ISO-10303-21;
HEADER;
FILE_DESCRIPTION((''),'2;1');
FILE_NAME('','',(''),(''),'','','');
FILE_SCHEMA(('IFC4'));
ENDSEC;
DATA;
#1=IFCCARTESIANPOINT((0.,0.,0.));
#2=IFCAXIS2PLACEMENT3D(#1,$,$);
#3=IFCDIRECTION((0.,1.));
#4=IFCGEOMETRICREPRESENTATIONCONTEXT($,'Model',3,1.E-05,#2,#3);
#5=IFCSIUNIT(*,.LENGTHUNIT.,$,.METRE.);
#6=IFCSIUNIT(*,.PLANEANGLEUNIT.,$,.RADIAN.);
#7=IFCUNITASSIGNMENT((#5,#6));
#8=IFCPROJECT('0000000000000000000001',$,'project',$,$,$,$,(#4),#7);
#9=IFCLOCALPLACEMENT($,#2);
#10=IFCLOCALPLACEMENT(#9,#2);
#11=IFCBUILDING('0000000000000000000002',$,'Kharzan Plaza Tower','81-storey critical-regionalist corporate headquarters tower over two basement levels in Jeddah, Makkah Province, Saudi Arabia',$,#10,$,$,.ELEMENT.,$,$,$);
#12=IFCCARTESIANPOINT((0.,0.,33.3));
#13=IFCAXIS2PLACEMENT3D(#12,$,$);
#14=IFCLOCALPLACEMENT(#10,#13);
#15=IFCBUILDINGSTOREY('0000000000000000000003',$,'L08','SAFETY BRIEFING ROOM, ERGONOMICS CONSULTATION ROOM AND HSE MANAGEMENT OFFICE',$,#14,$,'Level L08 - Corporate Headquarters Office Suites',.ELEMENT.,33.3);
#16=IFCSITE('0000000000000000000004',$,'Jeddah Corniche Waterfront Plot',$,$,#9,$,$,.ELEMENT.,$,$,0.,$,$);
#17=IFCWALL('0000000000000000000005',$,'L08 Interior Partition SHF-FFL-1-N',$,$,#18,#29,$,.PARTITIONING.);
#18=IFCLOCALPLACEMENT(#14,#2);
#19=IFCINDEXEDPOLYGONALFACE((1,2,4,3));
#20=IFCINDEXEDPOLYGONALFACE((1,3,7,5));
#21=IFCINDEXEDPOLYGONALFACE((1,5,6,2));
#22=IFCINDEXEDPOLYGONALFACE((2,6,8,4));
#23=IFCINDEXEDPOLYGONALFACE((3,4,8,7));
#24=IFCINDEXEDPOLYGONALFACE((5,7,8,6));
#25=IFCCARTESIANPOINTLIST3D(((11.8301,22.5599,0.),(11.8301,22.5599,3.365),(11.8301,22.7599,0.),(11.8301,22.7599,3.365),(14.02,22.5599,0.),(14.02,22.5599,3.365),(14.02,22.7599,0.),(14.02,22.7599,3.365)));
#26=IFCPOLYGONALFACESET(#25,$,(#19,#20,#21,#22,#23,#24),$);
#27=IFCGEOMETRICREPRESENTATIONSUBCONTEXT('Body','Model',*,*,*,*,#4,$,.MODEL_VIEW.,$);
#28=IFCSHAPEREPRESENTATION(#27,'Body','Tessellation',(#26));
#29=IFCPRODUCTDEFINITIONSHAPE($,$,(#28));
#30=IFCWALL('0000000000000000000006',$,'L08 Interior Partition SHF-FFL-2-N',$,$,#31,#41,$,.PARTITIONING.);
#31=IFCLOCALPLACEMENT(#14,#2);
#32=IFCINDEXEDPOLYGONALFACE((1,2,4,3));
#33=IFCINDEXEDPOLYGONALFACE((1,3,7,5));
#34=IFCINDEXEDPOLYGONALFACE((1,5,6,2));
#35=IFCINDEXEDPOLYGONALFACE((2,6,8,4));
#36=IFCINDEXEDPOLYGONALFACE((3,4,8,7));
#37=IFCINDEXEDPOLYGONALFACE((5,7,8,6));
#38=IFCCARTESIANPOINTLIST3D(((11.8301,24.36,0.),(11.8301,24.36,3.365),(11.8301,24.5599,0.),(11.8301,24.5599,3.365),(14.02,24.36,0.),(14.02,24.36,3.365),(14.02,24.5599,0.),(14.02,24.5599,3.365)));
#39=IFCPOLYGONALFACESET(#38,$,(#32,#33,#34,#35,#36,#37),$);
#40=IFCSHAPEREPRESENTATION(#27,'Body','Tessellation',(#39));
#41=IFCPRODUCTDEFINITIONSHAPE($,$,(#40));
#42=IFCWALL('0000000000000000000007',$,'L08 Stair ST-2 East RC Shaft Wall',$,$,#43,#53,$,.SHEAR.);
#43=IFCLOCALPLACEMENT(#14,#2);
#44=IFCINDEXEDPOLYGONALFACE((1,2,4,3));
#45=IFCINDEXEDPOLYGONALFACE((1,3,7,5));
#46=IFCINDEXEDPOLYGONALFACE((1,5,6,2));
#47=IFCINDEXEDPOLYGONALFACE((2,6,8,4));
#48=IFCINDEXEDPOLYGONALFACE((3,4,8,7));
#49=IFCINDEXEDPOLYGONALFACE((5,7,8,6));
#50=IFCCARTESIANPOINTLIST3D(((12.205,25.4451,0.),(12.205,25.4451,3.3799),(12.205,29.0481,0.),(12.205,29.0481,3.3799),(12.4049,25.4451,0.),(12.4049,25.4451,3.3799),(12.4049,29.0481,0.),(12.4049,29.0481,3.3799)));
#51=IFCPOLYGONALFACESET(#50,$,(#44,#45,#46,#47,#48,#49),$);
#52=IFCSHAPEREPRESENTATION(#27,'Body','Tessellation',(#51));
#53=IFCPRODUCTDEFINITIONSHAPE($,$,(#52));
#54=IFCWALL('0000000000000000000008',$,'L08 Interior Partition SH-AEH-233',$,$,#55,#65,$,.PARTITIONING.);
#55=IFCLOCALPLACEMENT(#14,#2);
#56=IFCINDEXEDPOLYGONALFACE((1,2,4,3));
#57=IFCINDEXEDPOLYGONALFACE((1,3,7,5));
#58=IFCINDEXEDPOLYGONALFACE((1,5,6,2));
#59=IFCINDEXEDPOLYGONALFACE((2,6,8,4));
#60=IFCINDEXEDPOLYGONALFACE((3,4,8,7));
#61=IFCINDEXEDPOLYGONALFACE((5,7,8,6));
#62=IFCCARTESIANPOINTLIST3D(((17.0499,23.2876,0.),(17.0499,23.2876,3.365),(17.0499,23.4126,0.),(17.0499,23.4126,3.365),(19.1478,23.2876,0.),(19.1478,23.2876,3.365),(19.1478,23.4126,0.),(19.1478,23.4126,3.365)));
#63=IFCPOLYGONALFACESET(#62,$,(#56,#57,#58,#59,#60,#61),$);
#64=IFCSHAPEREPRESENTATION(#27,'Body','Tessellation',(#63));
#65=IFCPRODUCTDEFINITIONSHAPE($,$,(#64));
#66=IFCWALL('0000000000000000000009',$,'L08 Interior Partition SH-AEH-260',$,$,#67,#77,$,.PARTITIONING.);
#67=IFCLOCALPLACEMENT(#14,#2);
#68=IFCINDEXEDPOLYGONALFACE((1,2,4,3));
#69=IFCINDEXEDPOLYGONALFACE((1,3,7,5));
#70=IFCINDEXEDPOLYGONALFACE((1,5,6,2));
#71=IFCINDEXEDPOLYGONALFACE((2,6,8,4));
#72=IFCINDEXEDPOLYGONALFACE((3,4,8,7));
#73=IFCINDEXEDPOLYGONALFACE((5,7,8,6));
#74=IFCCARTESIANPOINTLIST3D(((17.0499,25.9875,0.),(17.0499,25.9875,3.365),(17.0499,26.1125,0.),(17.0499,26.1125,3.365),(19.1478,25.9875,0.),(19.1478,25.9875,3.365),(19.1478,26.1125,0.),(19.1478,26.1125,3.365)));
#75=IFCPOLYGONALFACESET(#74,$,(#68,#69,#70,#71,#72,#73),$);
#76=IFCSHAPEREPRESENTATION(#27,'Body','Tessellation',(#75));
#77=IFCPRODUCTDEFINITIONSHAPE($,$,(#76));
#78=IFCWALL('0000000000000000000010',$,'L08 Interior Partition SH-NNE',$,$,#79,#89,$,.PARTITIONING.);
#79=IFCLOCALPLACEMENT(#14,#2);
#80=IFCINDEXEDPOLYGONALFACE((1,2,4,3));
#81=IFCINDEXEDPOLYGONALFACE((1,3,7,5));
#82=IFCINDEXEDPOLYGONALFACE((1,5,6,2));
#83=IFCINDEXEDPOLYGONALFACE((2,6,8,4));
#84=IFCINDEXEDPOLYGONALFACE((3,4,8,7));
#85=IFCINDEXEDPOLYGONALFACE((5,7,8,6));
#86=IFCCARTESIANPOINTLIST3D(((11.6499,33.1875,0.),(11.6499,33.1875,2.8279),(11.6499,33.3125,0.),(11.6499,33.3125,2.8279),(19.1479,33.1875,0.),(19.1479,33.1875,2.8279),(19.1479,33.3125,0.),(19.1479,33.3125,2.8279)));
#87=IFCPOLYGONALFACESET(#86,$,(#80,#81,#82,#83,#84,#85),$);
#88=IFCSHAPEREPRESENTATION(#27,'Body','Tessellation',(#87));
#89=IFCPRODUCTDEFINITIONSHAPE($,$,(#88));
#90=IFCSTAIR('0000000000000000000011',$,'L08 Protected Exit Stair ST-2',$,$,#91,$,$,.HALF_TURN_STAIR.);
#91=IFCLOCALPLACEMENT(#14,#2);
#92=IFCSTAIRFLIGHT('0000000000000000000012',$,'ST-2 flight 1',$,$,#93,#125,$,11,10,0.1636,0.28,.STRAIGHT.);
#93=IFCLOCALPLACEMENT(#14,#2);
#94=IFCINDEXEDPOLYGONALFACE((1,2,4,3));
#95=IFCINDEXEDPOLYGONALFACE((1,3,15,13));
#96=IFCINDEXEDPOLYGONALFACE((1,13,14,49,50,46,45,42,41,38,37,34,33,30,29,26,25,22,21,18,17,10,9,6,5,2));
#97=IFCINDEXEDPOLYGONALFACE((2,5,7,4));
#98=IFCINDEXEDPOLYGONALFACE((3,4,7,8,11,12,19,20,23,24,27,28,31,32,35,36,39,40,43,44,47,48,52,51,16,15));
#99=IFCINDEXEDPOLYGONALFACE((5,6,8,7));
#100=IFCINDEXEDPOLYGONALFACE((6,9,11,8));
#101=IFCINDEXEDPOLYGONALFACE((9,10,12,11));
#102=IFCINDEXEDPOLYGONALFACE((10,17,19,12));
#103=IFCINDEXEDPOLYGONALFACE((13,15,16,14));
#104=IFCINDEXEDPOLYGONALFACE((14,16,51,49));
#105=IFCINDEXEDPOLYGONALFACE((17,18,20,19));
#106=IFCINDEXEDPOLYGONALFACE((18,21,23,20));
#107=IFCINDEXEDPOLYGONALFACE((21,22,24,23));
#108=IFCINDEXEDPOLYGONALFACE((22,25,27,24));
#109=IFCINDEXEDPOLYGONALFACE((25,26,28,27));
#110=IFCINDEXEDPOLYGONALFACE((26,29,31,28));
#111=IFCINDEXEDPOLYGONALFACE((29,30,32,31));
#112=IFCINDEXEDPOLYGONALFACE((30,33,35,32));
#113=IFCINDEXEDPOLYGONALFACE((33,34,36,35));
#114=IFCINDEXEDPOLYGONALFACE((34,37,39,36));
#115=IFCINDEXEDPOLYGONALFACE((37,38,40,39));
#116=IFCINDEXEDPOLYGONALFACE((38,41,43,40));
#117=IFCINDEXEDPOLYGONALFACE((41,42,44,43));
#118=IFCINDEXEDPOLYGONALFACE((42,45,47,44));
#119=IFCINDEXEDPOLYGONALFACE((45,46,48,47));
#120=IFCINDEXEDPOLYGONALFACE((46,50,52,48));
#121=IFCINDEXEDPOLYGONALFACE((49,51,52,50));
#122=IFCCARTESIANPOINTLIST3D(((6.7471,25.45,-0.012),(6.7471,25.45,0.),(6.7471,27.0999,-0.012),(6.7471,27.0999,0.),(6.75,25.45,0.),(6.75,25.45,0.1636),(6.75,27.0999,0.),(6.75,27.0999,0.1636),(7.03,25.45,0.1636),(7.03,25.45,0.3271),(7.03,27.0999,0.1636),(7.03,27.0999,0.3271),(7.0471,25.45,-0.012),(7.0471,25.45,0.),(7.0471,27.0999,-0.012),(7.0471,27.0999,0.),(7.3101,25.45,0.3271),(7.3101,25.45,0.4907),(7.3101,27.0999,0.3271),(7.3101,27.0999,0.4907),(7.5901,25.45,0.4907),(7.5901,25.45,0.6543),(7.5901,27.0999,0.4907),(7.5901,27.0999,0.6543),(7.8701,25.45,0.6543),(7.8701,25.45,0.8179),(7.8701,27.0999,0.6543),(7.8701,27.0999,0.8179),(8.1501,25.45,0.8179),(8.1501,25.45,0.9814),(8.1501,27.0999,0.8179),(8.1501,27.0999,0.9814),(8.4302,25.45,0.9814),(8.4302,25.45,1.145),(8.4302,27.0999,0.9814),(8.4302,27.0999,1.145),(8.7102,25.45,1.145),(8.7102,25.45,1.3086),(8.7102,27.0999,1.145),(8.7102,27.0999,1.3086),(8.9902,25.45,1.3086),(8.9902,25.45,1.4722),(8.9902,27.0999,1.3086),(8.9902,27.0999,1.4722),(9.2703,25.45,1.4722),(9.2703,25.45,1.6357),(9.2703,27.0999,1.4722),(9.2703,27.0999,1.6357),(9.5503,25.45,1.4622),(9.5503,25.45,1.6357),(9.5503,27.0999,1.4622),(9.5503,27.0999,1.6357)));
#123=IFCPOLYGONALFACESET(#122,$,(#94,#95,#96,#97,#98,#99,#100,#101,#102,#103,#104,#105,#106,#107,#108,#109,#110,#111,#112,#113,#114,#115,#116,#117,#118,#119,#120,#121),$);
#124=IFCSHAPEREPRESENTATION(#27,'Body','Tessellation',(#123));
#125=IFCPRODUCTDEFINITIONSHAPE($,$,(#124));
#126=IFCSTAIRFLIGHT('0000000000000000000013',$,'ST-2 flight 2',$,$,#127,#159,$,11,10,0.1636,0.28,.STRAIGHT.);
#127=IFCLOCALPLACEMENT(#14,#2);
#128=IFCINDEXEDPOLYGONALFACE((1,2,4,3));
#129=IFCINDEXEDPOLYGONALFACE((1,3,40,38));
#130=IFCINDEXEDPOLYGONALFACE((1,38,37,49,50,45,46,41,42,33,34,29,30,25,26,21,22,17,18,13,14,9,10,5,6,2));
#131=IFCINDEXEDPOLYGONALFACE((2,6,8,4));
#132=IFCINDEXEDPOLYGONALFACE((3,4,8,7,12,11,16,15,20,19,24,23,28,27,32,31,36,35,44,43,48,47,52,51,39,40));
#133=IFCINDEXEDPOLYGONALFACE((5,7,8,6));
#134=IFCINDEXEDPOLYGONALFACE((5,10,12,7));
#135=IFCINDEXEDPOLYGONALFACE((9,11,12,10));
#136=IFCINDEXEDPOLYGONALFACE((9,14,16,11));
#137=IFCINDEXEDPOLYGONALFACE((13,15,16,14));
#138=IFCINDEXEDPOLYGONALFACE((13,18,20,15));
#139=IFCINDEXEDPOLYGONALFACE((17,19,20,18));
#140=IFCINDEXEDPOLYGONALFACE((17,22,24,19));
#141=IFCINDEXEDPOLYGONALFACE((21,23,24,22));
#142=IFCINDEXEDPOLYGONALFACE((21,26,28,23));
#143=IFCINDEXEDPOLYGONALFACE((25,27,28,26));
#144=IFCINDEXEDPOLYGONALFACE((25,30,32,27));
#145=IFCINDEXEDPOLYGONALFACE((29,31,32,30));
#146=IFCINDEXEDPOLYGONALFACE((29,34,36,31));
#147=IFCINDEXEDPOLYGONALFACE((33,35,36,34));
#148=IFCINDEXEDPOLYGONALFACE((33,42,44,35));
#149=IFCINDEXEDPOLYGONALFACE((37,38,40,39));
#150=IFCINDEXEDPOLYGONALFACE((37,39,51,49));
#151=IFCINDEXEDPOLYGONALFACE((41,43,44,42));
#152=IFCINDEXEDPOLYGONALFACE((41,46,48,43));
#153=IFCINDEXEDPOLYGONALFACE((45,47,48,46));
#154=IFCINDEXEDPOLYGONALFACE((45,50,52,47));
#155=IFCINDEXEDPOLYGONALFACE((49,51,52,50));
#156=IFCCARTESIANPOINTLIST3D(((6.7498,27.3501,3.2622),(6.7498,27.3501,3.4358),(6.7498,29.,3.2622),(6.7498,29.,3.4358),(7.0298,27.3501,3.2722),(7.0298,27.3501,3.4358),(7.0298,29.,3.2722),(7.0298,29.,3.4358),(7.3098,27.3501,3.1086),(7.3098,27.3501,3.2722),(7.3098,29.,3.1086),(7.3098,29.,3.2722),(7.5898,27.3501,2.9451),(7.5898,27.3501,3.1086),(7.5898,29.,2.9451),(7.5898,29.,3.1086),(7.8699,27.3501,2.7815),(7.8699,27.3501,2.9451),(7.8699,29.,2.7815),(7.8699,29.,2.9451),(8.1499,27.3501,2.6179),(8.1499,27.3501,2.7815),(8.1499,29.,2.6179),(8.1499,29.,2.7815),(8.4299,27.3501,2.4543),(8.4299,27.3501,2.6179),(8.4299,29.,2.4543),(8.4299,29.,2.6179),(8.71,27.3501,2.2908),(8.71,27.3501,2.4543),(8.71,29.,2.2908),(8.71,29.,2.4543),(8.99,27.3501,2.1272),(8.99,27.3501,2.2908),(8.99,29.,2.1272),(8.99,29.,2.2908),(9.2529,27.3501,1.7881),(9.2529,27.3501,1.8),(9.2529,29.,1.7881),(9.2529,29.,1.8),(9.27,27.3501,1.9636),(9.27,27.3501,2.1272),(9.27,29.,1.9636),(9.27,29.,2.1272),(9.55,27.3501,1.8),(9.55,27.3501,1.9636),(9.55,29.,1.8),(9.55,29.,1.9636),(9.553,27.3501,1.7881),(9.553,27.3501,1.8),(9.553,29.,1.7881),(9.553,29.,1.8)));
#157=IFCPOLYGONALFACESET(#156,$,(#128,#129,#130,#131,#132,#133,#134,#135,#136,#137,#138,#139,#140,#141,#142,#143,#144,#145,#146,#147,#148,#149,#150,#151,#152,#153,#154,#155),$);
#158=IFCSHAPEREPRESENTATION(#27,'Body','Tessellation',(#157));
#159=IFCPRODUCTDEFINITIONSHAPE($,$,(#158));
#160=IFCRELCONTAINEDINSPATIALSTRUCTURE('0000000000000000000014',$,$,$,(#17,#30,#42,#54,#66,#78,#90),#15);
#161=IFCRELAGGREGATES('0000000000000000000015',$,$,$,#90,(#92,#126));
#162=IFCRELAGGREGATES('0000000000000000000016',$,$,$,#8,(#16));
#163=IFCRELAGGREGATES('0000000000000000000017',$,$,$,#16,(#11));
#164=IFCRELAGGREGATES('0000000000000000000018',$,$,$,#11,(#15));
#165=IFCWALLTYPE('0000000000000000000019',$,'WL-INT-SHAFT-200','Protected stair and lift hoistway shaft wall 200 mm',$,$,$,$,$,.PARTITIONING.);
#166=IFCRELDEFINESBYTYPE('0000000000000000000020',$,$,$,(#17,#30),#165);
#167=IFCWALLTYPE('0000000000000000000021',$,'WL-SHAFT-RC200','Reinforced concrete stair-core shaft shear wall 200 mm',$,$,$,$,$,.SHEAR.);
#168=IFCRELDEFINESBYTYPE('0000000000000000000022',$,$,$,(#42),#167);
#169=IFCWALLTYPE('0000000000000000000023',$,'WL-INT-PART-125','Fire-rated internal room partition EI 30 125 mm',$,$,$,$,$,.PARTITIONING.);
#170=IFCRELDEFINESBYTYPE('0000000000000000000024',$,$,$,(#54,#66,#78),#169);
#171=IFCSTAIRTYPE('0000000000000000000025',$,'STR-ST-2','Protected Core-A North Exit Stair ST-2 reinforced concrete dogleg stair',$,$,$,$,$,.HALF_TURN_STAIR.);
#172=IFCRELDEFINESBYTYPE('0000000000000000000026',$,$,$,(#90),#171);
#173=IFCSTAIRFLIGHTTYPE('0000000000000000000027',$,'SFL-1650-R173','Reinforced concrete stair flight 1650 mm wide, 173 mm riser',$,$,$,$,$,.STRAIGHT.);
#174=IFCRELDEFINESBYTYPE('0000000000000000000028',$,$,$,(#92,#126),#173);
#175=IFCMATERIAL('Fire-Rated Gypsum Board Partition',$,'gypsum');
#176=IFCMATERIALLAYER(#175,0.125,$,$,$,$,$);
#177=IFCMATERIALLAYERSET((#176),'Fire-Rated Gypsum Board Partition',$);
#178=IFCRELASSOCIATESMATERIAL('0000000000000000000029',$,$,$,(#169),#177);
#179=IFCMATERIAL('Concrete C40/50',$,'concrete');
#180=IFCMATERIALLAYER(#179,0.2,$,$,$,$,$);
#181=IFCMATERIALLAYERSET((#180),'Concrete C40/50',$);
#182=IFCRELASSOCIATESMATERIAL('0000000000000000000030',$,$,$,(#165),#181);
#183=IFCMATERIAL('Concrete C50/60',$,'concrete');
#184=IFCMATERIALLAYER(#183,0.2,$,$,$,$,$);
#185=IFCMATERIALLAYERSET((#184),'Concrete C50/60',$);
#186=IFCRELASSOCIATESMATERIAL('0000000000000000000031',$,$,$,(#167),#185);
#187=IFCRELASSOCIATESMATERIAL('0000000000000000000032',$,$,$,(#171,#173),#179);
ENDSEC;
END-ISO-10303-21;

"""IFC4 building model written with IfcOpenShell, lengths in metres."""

from ifc_helpers import new_model, si_unit, direction, frame, frame_2d, origin, place, context, subcontext, project, spatial, polyline, rectangle, outline, extrude, source, transform, mapped, material, layer, layer_set, type_object, element, aggregate, save


model = new_model("IFC4")

# Units and contexts
model_context = context("Model", 3, precision=1e-05, world=origin(), true_north=direction((0.0, 1.0)))
body_context = subcontext(model_context, "Body", "Model", "MODEL_VIEW")
ifc_project = project(units=[si_unit("LENGTHUNIT", "METRE"), si_unit("PLANEANGLEUNIT", "RADIAN")], contexts=[model_context])

# Site, building, storey
site_placement = place(None, origin())
site = spatial("IfcSite", under=ifc_project, at=site_placement, Name="Jeddah Corniche Waterfront Plot", CompositionType="ELEMENT", RefElevation=0.0)
building_placement = place(site_placement, origin())
building = spatial("IfcBuilding", under=site, at=building_placement, Name="Kharzan Plaza Tower", Description="81-storey critical-regionalist corporate headquarters tower over two basement levels in Jeddah, Makkah Province, Saudi Arabia", CompositionType="ELEMENT")
storey_placement = place(building_placement, frame((0.0, 0.0, 33.3)))
storey = spatial("IfcBuildingStorey", under=building, at=storey_placement, Name="L08", Description="SAFETY BRIEFING ROOM, ERGONOMICS CONSULTATION ROOM AND HSE MANAGEMENT OFFICE", LongName="Level L08 - Corporate Headquarters Office Suites", CompositionType="ELEMENT", Elevation=33.3)

# Shared definitions
ifc_material_1 = material(Name="Fire-Rated Gypsum Board Partition", Category="gypsum")
ifc_layer_1 = layer(ifc_material_1, 0.125)
ifc_layer_set_1 = layer_set([ifc_layer_1], Name="Fire-Rated Gypsum Board Partition")
wall_type_1 = type_object("IfcWallType", Name="WL-INT-PART-125", Description="Fire-rated internal room partition EI 30 125 mm", PredefinedType="PARTITIONING", material=ifc_layer_set_1)
ifc_material_2 = material(Name="Concrete C40/50", Category="concrete")
ifc_layer_2 = layer(ifc_material_2, 0.2)
ifc_layer_set_2 = layer_set([ifc_layer_2], Name="Concrete C40/50")
wall_type_2 = type_object("IfcWallType", Name="WL-INT-SHAFT-200", Description="Protected stair and lift hoistway shaft wall 200 mm", PredefinedType="PARTITIONING", material=ifc_layer_set_2)
ifc_material_3 = material(Name="Concrete C50/60", Category="concrete")
ifc_layer_3 = layer(ifc_material_3, 0.2)
ifc_layer_set_3 = layer_set([ifc_layer_3], Name="Concrete C50/60")
wall_type_3 = type_object("IfcWallType", Name="WL-SHAFT-RC200", Description="Reinforced concrete stair-core shaft shear wall 200 mm", PredefinedType="SHEAR", material=ifc_layer_set_3)

# Walls
shared_shape_1 = source(origin(), body_context, "Body", "SweptSolid", [
    extrude(rectangle(XDim=2.1899, YDim=0.2, at=frame_2d((1.095, 0.0))), origin(), (0.0, 0.0, 1.0), 3.365),
])
for number, where, z_axis, x_axis, name in (
    (1, (11.8301, 22.6599, 0.0), (0.0, 0.0, 1.0), (1.0, 0.0, 0.0), "L08 Interior Partition SHF-FFL-1-N"),
    (2, (11.8301, 24.46, 0.0), (0.0, 0.0, 1.0), (1.0, 0.0, 0.0), "L08 Interior Partition SHF-FFL-2-N"),
):
    element("IfcWall", number, at=place(storey_placement, frame(where, z_axis=z_axis, x_axis=x_axis)), inside=storey, type_object=wall_type_2, Name=name, PredefinedType="PARTITIONING", context=body_context, shape_type="MappedRepresentation", body=[
        mapped(shared_shape_1, transform((0.0, 0.0, 0.0), x_axis=(1.0, 0.0, 0.0), y_axis=(0.0, 1.0, 0.0), z_axis=(0.0, 0.0, 1.0))),
    ])
shared_shape_2 = source(origin(), body_context, "Body", "SweptSolid", [
    extrude(rectangle(XDim=3.603, YDim=0.2, at=frame_2d((1.8015, 0.0))), origin(), (0.0, 0.0, 1.0), 3.3799),
])
wall_1_placement = place(storey_placement, frame((12.3049, 25.4451, 0.0), z_axis=(0.0, 0.0, 1.0), x_axis=(0.0, 1.0, 0.0)))
element("IfcWall", 3, at=wall_1_placement, inside=storey, type_object=wall_type_3, Name="L08 Stair ST-2 East RC Shaft Wall", PredefinedType="SHEAR", context=body_context, shape_type="MappedRepresentation", body=[
    mapped(shared_shape_2, transform((0.0, 0.0, 0.0), x_axis=(1.0, 0.0, 0.0), y_axis=(0.0, 1.0, 0.0), z_axis=(0.0, 0.0, 1.0))),
])
shared_shape_3 = source(origin(), body_context, "Body", "SweptSolid", [
    extrude(rectangle(XDim=2.0979, YDim=0.125, at=frame_2d((1.0488, 0.0))), origin(), (0.0, 0.0, 1.0), 3.365),
])
for number, where, z_axis, x_axis, name in (
    (4, (17.05, 23.3501, 0.0), (0.0, 0.0, 1.0), (1.0, 0.0, 0.0), "L08 Interior Partition SH-AEH-233"),
    (5, (17.05, 26.05, 0.0), (0.0, 0.0, 1.0), (1.0, 0.0, 0.0), "L08 Interior Partition SH-AEH-260"),
):
    element("IfcWall", number, at=place(storey_placement, frame(where, z_axis=z_axis, x_axis=x_axis)), inside=storey, type_object=wall_type_1, Name=name, PredefinedType="PARTITIONING", context=body_context, shape_type="MappedRepresentation", body=[
        mapped(shared_shape_3, transform((0.0, 0.0, 0.0), x_axis=(1.0, 0.0, 0.0), y_axis=(0.0, 1.0, 0.0), z_axis=(0.0, 0.0, 1.0))),
    ])
shared_shape_4 = source(origin(), body_context, "Body", "SweptSolid", [
    extrude(rectangle(XDim=7.498, YDim=0.125, at=frame_2d((3.749, 0.0))), origin(), (0.0, 0.0, 1.0), 2.8279),
])
wall_2_placement = place(storey_placement, frame((11.6499, 33.25, 0.0), z_axis=(0.0, 0.0, 1.0), x_axis=(1.0, 0.0, 0.0)))
element("IfcWall", 6, at=wall_2_placement, inside=storey, type_object=wall_type_1, Name="L08 Interior Partition SH-NNE", PredefinedType="PARTITIONING", context=body_context, shape_type="MappedRepresentation", body=[
    mapped(shared_shape_4, transform((0.0, 0.0, 0.0), x_axis=(1.0, 0.0, 0.0), y_axis=(0.0, 1.0, 0.0), z_axis=(0.0, 0.0, 1.0))),
])

# Stair, stair flights
stair_type = type_object("IfcStairType", Name="STR-ST-2", Description="Protected Core-A North Exit Stair ST-2 reinforced concrete dogleg stair", PredefinedType="HALF_TURN_STAIR", material=ifc_material_2)
stair_placement = place(storey_placement, origin())
stair = element("IfcStair", 7, at=stair_placement, inside=storey, type_object=stair_type, Name="L08 Protected Exit Stair ST-2", PredefinedType="HALF_TURN_STAIR")
stair_flight_type = type_object("IfcStairFlightType", Name="SFL-1650-R173", Description="Reinforced concrete stair flight 1650 mm wide, 173 mm riser", PredefinedType="STRAIGHT", material=ifc_material_2)
shared_shape_5 = source(origin(), body_context, "Body", "SweptSolid", [
    extrude(outline(polyline([(-0.0029, -0.012), (-0.0029, 0.0), (0.0, 0.0), (0.0, 0.1636), (0.28, 0.1636), (0.28, 0.3271), (0.5601, 0.3271), (0.5601, 0.4907), (0.8401, 0.4907), (0.8401, 0.6543), (1.1201, 0.6543), (1.1201, 0.8179), (1.4001, 0.8179), (1.4001, 0.9814), (1.6802, 0.9814), (1.6802, 1.145), (1.9602, 1.145), (1.9602, 1.3086), (2.2402, 1.3086), (2.2402, 1.4722), (2.5203, 1.4722), (2.5203, 1.6357), (2.8003, 1.6357), (2.8003, 1.7993), (2.8003, 1.4622), (0.2971, 0.0), (0.2971, -0.012), (-0.0029, -0.012)])), frame((0.0, 0.825, 0.0), z_axis=(0.0, -1.0, 0.0), x_axis=(1.0, 0.0, 0.0)), (0.0, 0.0, 1.0), 1.6499),
])
stair_flight_1_placement = place(storey_placement, frame((6.75, 26.2749, 0.0), z_axis=(0.0, 0.0, 1.0), x_axis=(1.0, 0.0, 0.0)))
stair_flight_1 = element("IfcStairFlight", 8, at=stair_flight_1_placement, type_object=stair_flight_type, Name="ST-2 flight 1", NumberOfRisers=11, NumberOfTreads=10, PredefinedType="STRAIGHT", RiserHeight=0.1636, TreadLength=0.28, context=body_context, shape_type="MappedRepresentation", body=[
    mapped(shared_shape_5, transform((0.0, 0.0, 0.0), x_axis=(1.0, 0.0, 0.0), y_axis=(0.0, 1.0, 0.0), z_axis=(0.0, 0.0, 1.0))),
])
stair_flight_2_placement = place(storey_placement, frame((9.55, 28.175, 1.8), z_axis=(0.0, 0.0, 1.0), x_axis=(-1.0, 0.0, 0.0)))
stair_flight_2 = element("IfcStairFlight", 9, at=stair_flight_2_placement, type_object=stair_flight_type, Name="ST-2 flight 2", NumberOfRisers=11, NumberOfTreads=10, PredefinedType="STRAIGHT", RiserHeight=0.1636, TreadLength=0.28, context=body_context, shape_type="MappedRepresentation", body=[
    mapped(shared_shape_5, transform((0.0, 0.0, 0.0), x_axis=(1.0, 0.0, 0.0), y_axis=(0.0, 1.0, 0.0), z_axis=(0.0, 0.0, 1.0))),
])
aggregate(stair, [stair_flight_1, stair_flight_2])

save(model, "model.ifc")
